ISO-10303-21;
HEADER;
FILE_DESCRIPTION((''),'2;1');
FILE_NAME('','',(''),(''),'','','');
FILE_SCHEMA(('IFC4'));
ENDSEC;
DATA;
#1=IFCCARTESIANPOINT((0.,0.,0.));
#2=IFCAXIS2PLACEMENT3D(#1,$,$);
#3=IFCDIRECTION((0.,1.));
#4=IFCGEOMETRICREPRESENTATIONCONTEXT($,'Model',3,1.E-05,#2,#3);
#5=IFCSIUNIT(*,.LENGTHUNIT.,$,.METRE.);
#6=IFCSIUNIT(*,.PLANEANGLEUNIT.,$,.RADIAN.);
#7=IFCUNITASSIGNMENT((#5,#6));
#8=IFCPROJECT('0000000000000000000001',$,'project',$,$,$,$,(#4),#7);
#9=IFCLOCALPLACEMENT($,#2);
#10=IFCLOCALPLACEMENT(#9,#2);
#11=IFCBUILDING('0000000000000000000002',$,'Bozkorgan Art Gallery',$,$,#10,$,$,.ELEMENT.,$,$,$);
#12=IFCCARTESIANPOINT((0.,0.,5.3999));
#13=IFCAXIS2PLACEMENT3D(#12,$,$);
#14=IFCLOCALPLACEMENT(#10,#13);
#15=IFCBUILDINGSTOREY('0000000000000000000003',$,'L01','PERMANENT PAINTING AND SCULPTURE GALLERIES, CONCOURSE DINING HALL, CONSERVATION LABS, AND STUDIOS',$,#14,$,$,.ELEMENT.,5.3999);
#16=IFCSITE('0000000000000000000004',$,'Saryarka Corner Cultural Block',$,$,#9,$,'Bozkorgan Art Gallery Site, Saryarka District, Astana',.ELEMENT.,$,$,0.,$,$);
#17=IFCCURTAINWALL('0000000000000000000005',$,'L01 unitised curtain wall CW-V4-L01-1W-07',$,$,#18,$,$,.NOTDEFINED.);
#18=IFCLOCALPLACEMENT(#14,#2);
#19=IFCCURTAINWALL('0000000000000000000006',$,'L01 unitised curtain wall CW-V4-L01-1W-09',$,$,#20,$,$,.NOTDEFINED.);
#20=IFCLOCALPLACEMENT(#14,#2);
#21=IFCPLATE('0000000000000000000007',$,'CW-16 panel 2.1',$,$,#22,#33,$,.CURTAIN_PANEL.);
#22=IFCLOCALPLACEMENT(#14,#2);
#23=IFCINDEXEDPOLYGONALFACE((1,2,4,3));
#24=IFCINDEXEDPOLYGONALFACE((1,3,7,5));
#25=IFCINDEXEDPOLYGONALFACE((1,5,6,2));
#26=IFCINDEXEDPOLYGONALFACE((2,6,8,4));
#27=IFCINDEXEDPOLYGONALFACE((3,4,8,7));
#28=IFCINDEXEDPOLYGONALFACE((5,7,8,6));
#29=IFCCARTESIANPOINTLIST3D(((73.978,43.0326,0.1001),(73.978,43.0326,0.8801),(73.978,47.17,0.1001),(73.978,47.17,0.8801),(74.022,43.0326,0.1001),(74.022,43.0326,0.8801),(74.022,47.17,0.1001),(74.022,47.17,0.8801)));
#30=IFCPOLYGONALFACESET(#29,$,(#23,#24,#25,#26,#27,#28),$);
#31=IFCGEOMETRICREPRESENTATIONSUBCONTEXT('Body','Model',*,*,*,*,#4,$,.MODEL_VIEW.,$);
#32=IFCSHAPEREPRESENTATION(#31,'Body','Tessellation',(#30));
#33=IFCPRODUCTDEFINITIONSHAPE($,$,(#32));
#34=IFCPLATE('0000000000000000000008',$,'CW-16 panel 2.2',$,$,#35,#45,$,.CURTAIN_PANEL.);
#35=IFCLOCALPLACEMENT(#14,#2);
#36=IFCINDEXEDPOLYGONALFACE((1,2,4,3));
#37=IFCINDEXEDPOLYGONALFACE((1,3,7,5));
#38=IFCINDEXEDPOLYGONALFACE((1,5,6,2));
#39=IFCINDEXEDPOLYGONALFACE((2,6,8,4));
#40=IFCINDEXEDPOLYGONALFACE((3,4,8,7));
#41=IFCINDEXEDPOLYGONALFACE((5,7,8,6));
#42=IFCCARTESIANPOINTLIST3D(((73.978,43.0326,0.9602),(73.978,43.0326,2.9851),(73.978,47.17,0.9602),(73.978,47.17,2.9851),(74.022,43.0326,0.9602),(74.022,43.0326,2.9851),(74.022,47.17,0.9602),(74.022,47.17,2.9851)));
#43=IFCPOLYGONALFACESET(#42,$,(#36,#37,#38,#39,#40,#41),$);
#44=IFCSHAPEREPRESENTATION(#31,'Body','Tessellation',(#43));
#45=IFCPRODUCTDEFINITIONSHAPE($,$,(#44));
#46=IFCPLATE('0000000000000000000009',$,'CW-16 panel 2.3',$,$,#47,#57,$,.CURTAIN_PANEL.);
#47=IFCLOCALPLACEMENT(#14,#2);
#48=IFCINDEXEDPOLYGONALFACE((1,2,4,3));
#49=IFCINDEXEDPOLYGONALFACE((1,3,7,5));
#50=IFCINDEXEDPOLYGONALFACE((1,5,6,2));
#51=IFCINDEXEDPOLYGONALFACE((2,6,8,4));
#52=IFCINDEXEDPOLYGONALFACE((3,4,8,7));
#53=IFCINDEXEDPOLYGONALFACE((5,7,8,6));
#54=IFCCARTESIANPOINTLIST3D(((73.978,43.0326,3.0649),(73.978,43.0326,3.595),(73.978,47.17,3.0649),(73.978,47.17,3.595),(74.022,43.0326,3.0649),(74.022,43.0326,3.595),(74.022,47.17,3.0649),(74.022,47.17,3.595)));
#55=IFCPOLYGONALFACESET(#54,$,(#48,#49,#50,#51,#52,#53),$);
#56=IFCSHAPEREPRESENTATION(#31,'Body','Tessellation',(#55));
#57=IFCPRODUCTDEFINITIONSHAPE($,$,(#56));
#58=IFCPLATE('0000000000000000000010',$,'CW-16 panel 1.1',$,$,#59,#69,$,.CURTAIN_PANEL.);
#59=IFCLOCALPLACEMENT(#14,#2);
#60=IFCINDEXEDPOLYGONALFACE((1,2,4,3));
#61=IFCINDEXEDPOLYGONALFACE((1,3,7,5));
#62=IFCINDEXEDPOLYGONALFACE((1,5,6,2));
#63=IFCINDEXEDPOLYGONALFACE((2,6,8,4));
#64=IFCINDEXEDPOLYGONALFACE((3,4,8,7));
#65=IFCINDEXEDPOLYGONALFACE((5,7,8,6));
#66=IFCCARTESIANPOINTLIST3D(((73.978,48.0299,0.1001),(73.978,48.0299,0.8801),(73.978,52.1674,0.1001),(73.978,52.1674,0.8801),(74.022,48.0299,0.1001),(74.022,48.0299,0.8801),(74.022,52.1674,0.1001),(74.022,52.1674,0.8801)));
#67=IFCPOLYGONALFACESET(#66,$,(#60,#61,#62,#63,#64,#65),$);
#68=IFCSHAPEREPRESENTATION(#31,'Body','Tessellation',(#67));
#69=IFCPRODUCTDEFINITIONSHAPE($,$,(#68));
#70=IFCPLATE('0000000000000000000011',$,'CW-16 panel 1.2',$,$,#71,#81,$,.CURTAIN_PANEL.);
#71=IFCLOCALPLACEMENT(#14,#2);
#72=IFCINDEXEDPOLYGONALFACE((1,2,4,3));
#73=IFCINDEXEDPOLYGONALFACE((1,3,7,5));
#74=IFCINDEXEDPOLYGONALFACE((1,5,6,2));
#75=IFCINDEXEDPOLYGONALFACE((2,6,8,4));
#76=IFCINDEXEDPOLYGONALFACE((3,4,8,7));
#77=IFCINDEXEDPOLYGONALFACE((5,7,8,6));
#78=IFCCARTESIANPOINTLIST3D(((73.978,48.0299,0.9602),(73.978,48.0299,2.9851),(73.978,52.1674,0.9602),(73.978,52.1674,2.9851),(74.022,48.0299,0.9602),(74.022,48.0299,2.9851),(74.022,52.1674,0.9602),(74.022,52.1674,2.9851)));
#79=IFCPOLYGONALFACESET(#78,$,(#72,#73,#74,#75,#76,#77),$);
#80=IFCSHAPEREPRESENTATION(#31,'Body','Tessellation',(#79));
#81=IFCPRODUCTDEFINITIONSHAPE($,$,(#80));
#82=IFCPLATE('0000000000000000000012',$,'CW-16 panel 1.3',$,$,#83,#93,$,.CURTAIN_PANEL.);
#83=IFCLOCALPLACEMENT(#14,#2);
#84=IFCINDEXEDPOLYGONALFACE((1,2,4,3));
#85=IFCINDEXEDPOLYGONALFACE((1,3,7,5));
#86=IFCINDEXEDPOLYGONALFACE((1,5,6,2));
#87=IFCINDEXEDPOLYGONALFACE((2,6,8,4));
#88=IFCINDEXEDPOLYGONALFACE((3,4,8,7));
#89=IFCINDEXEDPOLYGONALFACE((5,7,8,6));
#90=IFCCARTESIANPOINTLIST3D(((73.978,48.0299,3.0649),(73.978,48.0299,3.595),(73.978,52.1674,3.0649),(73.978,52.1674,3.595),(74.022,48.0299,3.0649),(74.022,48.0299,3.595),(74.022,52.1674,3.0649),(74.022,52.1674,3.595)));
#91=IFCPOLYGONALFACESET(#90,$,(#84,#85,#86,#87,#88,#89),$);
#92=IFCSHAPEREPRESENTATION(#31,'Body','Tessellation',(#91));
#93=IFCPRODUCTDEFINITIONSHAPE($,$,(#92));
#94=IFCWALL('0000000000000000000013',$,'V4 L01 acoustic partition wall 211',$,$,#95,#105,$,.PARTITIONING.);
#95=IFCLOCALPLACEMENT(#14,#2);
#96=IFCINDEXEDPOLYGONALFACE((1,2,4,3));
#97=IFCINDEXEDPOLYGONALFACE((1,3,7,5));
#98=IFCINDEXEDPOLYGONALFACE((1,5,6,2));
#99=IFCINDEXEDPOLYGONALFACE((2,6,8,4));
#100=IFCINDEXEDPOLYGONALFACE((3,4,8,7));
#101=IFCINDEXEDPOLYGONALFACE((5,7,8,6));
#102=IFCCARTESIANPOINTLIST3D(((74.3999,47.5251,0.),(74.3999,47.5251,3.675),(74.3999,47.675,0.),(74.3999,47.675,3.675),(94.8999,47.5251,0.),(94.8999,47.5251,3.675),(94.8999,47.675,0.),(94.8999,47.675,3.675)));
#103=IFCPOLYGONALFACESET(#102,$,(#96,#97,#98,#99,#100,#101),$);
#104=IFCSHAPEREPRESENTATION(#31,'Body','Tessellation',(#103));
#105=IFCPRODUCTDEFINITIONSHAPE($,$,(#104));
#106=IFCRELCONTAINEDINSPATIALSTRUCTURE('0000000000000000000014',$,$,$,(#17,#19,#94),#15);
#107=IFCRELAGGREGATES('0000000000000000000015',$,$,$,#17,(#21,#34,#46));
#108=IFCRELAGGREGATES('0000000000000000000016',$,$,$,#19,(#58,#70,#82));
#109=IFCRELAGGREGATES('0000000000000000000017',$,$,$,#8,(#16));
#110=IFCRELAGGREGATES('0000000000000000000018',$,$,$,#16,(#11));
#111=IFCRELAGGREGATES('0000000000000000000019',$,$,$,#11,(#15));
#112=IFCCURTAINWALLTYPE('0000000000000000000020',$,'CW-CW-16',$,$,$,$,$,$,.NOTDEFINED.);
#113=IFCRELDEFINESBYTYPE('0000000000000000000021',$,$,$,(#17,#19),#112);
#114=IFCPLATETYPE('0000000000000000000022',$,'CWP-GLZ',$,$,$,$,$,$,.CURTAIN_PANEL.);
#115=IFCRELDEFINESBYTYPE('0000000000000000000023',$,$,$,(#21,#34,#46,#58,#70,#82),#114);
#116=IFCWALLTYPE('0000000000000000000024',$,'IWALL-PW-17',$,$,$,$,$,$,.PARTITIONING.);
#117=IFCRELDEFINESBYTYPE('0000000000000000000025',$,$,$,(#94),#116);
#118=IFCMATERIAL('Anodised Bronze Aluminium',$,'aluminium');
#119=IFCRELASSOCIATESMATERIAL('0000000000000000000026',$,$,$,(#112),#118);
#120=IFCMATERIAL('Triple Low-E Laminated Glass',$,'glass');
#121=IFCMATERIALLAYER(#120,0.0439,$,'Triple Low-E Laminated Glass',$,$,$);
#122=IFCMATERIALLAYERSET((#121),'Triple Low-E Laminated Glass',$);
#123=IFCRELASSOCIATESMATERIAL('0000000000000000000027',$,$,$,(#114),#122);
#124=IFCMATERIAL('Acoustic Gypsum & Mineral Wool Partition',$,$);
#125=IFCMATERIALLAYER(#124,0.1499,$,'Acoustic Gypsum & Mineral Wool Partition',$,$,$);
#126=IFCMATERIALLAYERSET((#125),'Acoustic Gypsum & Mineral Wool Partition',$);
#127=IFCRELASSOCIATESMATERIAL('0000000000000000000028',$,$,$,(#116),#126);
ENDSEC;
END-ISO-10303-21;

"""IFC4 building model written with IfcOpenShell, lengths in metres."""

from ifc_helpers import new_model, si_unit, direction, frame, frame_2d, origin, origin_2d, place, context, subcontext, project, spatial, rectangle, extrude, material, layer, layer_set, type_object, element, aggregate, save


model = new_model("IFC4")

# Units and contexts
model_context = context("Model", 3, precision=1e-05, world=origin(), true_north=direction((0.0, 1.0)))
body_context = subcontext(model_context, "Body", "Model", "MODEL_VIEW")
ifc_project = project(units=[si_unit("LENGTHUNIT", "METRE"), si_unit("PLANEANGLEUNIT", "RADIAN")], contexts=[model_context])

# Site, building, storey
site_placement = place(None, origin())
site = spatial("IfcSite", under=ifc_project, at=site_placement, Name="Saryarka Corner Cultural Block", LongName="Bozkorgan Art Gallery Site, Saryarka District, Astana", CompositionType="ELEMENT", RefElevation=0.0)
building_placement = place(site_placement, origin())
building = spatial("IfcBuilding", under=site, at=building_placement, Name="Bozkorgan Art Gallery", CompositionType="ELEMENT")
storey_placement = place(building_placement, frame((0.0, 0.0, 5.3999)))
storey = spatial("IfcBuildingStorey", under=building, at=storey_placement, Name="L01", Description="PERMANENT PAINTING AND SCULPTURE GALLERIES, CONCOURSE DINING HALL, CONSERVATION LABS, AND STUDIOS", CompositionType="ELEMENT", Elevation=5.3999)

# Curtain walls
ifc_material_1 = material(Name="Anodised Bronze Aluminium", Category="aluminium")
curtain_wall_type = type_object("IfcCurtainWallType", Name="CW-CW-16", PredefinedType="NOTDEFINED", material=ifc_material_1)
curtain_wall_1_placement = place(storey_placement, origin())
curtain_wall_1 = element("IfcCurtainWall", 1, at=curtain_wall_1_placement, inside=storey, type_object=curtain_wall_type, Name="L01 unitised curtain wall CW-V4-L01-1W-07", PredefinedType="NOTDEFINED")
curtain_wall_2_placement = place(storey_placement, origin())
curtain_wall_2 = element("IfcCurtainWall", 2, at=curtain_wall_2_placement, inside=storey, type_object=curtain_wall_type, Name="L01 unitised curtain wall CW-V4-L01-1W-09", PredefinedType="NOTDEFINED")

# Plates
ifc_material_2 = material(Name="Triple Low-E Laminated Glass", Category="glass")
ifc_layer_1 = layer(ifc_material_2, 0.0439, Name="Triple Low-E Laminated Glass")
ifc_layer_set_1 = layer_set([ifc_layer_1], Name="Triple Low-E Laminated Glass")
plate_type = type_object("IfcPlateType", Name="CWP-GLZ", PredefinedType="CURTAIN_PANEL", material=ifc_layer_set_1)
plate_1_placement = place(storey_placement, frame((74.0, 45.1013, 0.1001), z_axis=(0.0, 0.0, 1.0), x_axis=(0.0, 1.0, 0.0)))
plate_1 = element("IfcPlate", 3, at=plate_1_placement, type_object=plate_type, Name="CW-16 panel 2.1", PredefinedType="CURTAIN_PANEL", context=body_context, shape_type="SweptSolid", body=[
    extrude(rectangle(XDim=4.1375, YDim=0.0439, at=origin_2d()), origin(), (0.0, 0.0, 1.0), 0.78),
])
plate_2_placement = place(storey_placement, frame((74.0, 45.1013, 0.9602), z_axis=(0.0, 0.0, 1.0), x_axis=(0.0, 1.0, 0.0)))
plate_2 = element("IfcPlate", 4, at=plate_2_placement, type_object=plate_type, Name="CW-16 panel 2.2", PredefinedType="CURTAIN_PANEL", context=body_context, shape_type="SweptSolid", body=[
    extrude(rectangle(XDim=4.1375, YDim=0.0439, at=origin_2d()), origin(), (0.0, 0.0, 1.0), 2.0249),
])
plate_3_placement = place(storey_placement, frame((74.0, 45.1013, 3.0649), z_axis=(0.0, 0.0, 1.0), x_axis=(0.0, 1.0, 0.0)))
plate_3 = element("IfcPlate", 5, at=plate_3_placement, type_object=plate_type, Name="CW-16 panel 2.3", PredefinedType="CURTAIN_PANEL", context=body_context, shape_type="SweptSolid", body=[
    extrude(rectangle(XDim=4.1375, YDim=0.0439, at=origin_2d()), origin(), (0.0, 0.0, 1.0), 0.53),
])
aggregate(curtain_wall_1, [plate_1, plate_2, plate_3])
plate_4_placement = place(storey_placement, frame((74.0, 50.0986, 0.1001), z_axis=(0.0, 0.0, 1.0), x_axis=(0.0, 1.0, 0.0)))
plate_4 = element("IfcPlate", 6, at=plate_4_placement, type_object=plate_type, Name="CW-16 panel 1.1", PredefinedType="CURTAIN_PANEL", context=body_context, shape_type="SweptSolid", body=[
    extrude(rectangle(XDim=4.1375, YDim=0.0439, at=origin_2d()), origin(), (0.0, 0.0, 1.0), 0.78),
])
plate_5_placement = place(storey_placement, frame((74.0, 50.0986, 0.9602), z_axis=(0.0, 0.0, 1.0), x_axis=(0.0, 1.0, 0.0)))
plate_5 = element("IfcPlate", 7, at=plate_5_placement, type_object=plate_type, Name="CW-16 panel 1.2", PredefinedType="CURTAIN_PANEL", context=body_context, shape_type="SweptSolid", body=[
    extrude(rectangle(XDim=4.1375, YDim=0.0439, at=origin_2d()), origin(), (0.0, 0.0, 1.0), 2.0249),
])
plate_6_placement = place(storey_placement, frame((74.0, 50.0986, 3.0649), z_axis=(0.0, 0.0, 1.0), x_axis=(0.0, 1.0, 0.0)))
plate_6 = element("IfcPlate", 8, at=plate_6_placement, type_object=plate_type, Name="CW-16 panel 1.3", PredefinedType="CURTAIN_PANEL", context=body_context, shape_type="SweptSolid", body=[
    extrude(rectangle(XDim=4.1375, YDim=0.0439, at=origin_2d()), origin(), (0.0, 0.0, 1.0), 0.53),
])
aggregate(curtain_wall_2, [plate_4, plate_5, plate_6])

# Wall
ifc_material_3 = material(Name="Acoustic Gypsum & Mineral Wool Partition")
ifc_layer_2 = layer(ifc_material_3, 0.1499, Name="Acoustic Gypsum & Mineral Wool Partition")
ifc_layer_set_2 = layer_set([ifc_layer_2], Name="Acoustic Gypsum & Mineral Wool Partition")
wall_type = type_object("IfcWallType", Name="IWALL-PW-17", PredefinedType="PARTITIONING", material=ifc_layer_set_2)
wall_placement = place(storey_placement, frame((74.3999, 47.6001, 0.0), z_axis=(0.0, 0.0, 1.0), x_axis=(1.0, 0.0, 0.0)))
element("IfcWall", 9, at=wall_placement, inside=storey, type_object=wall_type, Name="V4 L01 acoustic partition wall 211", PredefinedType="PARTITIONING", context=body_context, shape_type="SweptSolid", body=[
    extrude(rectangle(XDim=20.5, YDim=0.1499, at=frame_2d((10.25, 0.0))), origin(), (0.0, 0.0, 1.0), 3.675),
])

save(model, "model.ifc")
